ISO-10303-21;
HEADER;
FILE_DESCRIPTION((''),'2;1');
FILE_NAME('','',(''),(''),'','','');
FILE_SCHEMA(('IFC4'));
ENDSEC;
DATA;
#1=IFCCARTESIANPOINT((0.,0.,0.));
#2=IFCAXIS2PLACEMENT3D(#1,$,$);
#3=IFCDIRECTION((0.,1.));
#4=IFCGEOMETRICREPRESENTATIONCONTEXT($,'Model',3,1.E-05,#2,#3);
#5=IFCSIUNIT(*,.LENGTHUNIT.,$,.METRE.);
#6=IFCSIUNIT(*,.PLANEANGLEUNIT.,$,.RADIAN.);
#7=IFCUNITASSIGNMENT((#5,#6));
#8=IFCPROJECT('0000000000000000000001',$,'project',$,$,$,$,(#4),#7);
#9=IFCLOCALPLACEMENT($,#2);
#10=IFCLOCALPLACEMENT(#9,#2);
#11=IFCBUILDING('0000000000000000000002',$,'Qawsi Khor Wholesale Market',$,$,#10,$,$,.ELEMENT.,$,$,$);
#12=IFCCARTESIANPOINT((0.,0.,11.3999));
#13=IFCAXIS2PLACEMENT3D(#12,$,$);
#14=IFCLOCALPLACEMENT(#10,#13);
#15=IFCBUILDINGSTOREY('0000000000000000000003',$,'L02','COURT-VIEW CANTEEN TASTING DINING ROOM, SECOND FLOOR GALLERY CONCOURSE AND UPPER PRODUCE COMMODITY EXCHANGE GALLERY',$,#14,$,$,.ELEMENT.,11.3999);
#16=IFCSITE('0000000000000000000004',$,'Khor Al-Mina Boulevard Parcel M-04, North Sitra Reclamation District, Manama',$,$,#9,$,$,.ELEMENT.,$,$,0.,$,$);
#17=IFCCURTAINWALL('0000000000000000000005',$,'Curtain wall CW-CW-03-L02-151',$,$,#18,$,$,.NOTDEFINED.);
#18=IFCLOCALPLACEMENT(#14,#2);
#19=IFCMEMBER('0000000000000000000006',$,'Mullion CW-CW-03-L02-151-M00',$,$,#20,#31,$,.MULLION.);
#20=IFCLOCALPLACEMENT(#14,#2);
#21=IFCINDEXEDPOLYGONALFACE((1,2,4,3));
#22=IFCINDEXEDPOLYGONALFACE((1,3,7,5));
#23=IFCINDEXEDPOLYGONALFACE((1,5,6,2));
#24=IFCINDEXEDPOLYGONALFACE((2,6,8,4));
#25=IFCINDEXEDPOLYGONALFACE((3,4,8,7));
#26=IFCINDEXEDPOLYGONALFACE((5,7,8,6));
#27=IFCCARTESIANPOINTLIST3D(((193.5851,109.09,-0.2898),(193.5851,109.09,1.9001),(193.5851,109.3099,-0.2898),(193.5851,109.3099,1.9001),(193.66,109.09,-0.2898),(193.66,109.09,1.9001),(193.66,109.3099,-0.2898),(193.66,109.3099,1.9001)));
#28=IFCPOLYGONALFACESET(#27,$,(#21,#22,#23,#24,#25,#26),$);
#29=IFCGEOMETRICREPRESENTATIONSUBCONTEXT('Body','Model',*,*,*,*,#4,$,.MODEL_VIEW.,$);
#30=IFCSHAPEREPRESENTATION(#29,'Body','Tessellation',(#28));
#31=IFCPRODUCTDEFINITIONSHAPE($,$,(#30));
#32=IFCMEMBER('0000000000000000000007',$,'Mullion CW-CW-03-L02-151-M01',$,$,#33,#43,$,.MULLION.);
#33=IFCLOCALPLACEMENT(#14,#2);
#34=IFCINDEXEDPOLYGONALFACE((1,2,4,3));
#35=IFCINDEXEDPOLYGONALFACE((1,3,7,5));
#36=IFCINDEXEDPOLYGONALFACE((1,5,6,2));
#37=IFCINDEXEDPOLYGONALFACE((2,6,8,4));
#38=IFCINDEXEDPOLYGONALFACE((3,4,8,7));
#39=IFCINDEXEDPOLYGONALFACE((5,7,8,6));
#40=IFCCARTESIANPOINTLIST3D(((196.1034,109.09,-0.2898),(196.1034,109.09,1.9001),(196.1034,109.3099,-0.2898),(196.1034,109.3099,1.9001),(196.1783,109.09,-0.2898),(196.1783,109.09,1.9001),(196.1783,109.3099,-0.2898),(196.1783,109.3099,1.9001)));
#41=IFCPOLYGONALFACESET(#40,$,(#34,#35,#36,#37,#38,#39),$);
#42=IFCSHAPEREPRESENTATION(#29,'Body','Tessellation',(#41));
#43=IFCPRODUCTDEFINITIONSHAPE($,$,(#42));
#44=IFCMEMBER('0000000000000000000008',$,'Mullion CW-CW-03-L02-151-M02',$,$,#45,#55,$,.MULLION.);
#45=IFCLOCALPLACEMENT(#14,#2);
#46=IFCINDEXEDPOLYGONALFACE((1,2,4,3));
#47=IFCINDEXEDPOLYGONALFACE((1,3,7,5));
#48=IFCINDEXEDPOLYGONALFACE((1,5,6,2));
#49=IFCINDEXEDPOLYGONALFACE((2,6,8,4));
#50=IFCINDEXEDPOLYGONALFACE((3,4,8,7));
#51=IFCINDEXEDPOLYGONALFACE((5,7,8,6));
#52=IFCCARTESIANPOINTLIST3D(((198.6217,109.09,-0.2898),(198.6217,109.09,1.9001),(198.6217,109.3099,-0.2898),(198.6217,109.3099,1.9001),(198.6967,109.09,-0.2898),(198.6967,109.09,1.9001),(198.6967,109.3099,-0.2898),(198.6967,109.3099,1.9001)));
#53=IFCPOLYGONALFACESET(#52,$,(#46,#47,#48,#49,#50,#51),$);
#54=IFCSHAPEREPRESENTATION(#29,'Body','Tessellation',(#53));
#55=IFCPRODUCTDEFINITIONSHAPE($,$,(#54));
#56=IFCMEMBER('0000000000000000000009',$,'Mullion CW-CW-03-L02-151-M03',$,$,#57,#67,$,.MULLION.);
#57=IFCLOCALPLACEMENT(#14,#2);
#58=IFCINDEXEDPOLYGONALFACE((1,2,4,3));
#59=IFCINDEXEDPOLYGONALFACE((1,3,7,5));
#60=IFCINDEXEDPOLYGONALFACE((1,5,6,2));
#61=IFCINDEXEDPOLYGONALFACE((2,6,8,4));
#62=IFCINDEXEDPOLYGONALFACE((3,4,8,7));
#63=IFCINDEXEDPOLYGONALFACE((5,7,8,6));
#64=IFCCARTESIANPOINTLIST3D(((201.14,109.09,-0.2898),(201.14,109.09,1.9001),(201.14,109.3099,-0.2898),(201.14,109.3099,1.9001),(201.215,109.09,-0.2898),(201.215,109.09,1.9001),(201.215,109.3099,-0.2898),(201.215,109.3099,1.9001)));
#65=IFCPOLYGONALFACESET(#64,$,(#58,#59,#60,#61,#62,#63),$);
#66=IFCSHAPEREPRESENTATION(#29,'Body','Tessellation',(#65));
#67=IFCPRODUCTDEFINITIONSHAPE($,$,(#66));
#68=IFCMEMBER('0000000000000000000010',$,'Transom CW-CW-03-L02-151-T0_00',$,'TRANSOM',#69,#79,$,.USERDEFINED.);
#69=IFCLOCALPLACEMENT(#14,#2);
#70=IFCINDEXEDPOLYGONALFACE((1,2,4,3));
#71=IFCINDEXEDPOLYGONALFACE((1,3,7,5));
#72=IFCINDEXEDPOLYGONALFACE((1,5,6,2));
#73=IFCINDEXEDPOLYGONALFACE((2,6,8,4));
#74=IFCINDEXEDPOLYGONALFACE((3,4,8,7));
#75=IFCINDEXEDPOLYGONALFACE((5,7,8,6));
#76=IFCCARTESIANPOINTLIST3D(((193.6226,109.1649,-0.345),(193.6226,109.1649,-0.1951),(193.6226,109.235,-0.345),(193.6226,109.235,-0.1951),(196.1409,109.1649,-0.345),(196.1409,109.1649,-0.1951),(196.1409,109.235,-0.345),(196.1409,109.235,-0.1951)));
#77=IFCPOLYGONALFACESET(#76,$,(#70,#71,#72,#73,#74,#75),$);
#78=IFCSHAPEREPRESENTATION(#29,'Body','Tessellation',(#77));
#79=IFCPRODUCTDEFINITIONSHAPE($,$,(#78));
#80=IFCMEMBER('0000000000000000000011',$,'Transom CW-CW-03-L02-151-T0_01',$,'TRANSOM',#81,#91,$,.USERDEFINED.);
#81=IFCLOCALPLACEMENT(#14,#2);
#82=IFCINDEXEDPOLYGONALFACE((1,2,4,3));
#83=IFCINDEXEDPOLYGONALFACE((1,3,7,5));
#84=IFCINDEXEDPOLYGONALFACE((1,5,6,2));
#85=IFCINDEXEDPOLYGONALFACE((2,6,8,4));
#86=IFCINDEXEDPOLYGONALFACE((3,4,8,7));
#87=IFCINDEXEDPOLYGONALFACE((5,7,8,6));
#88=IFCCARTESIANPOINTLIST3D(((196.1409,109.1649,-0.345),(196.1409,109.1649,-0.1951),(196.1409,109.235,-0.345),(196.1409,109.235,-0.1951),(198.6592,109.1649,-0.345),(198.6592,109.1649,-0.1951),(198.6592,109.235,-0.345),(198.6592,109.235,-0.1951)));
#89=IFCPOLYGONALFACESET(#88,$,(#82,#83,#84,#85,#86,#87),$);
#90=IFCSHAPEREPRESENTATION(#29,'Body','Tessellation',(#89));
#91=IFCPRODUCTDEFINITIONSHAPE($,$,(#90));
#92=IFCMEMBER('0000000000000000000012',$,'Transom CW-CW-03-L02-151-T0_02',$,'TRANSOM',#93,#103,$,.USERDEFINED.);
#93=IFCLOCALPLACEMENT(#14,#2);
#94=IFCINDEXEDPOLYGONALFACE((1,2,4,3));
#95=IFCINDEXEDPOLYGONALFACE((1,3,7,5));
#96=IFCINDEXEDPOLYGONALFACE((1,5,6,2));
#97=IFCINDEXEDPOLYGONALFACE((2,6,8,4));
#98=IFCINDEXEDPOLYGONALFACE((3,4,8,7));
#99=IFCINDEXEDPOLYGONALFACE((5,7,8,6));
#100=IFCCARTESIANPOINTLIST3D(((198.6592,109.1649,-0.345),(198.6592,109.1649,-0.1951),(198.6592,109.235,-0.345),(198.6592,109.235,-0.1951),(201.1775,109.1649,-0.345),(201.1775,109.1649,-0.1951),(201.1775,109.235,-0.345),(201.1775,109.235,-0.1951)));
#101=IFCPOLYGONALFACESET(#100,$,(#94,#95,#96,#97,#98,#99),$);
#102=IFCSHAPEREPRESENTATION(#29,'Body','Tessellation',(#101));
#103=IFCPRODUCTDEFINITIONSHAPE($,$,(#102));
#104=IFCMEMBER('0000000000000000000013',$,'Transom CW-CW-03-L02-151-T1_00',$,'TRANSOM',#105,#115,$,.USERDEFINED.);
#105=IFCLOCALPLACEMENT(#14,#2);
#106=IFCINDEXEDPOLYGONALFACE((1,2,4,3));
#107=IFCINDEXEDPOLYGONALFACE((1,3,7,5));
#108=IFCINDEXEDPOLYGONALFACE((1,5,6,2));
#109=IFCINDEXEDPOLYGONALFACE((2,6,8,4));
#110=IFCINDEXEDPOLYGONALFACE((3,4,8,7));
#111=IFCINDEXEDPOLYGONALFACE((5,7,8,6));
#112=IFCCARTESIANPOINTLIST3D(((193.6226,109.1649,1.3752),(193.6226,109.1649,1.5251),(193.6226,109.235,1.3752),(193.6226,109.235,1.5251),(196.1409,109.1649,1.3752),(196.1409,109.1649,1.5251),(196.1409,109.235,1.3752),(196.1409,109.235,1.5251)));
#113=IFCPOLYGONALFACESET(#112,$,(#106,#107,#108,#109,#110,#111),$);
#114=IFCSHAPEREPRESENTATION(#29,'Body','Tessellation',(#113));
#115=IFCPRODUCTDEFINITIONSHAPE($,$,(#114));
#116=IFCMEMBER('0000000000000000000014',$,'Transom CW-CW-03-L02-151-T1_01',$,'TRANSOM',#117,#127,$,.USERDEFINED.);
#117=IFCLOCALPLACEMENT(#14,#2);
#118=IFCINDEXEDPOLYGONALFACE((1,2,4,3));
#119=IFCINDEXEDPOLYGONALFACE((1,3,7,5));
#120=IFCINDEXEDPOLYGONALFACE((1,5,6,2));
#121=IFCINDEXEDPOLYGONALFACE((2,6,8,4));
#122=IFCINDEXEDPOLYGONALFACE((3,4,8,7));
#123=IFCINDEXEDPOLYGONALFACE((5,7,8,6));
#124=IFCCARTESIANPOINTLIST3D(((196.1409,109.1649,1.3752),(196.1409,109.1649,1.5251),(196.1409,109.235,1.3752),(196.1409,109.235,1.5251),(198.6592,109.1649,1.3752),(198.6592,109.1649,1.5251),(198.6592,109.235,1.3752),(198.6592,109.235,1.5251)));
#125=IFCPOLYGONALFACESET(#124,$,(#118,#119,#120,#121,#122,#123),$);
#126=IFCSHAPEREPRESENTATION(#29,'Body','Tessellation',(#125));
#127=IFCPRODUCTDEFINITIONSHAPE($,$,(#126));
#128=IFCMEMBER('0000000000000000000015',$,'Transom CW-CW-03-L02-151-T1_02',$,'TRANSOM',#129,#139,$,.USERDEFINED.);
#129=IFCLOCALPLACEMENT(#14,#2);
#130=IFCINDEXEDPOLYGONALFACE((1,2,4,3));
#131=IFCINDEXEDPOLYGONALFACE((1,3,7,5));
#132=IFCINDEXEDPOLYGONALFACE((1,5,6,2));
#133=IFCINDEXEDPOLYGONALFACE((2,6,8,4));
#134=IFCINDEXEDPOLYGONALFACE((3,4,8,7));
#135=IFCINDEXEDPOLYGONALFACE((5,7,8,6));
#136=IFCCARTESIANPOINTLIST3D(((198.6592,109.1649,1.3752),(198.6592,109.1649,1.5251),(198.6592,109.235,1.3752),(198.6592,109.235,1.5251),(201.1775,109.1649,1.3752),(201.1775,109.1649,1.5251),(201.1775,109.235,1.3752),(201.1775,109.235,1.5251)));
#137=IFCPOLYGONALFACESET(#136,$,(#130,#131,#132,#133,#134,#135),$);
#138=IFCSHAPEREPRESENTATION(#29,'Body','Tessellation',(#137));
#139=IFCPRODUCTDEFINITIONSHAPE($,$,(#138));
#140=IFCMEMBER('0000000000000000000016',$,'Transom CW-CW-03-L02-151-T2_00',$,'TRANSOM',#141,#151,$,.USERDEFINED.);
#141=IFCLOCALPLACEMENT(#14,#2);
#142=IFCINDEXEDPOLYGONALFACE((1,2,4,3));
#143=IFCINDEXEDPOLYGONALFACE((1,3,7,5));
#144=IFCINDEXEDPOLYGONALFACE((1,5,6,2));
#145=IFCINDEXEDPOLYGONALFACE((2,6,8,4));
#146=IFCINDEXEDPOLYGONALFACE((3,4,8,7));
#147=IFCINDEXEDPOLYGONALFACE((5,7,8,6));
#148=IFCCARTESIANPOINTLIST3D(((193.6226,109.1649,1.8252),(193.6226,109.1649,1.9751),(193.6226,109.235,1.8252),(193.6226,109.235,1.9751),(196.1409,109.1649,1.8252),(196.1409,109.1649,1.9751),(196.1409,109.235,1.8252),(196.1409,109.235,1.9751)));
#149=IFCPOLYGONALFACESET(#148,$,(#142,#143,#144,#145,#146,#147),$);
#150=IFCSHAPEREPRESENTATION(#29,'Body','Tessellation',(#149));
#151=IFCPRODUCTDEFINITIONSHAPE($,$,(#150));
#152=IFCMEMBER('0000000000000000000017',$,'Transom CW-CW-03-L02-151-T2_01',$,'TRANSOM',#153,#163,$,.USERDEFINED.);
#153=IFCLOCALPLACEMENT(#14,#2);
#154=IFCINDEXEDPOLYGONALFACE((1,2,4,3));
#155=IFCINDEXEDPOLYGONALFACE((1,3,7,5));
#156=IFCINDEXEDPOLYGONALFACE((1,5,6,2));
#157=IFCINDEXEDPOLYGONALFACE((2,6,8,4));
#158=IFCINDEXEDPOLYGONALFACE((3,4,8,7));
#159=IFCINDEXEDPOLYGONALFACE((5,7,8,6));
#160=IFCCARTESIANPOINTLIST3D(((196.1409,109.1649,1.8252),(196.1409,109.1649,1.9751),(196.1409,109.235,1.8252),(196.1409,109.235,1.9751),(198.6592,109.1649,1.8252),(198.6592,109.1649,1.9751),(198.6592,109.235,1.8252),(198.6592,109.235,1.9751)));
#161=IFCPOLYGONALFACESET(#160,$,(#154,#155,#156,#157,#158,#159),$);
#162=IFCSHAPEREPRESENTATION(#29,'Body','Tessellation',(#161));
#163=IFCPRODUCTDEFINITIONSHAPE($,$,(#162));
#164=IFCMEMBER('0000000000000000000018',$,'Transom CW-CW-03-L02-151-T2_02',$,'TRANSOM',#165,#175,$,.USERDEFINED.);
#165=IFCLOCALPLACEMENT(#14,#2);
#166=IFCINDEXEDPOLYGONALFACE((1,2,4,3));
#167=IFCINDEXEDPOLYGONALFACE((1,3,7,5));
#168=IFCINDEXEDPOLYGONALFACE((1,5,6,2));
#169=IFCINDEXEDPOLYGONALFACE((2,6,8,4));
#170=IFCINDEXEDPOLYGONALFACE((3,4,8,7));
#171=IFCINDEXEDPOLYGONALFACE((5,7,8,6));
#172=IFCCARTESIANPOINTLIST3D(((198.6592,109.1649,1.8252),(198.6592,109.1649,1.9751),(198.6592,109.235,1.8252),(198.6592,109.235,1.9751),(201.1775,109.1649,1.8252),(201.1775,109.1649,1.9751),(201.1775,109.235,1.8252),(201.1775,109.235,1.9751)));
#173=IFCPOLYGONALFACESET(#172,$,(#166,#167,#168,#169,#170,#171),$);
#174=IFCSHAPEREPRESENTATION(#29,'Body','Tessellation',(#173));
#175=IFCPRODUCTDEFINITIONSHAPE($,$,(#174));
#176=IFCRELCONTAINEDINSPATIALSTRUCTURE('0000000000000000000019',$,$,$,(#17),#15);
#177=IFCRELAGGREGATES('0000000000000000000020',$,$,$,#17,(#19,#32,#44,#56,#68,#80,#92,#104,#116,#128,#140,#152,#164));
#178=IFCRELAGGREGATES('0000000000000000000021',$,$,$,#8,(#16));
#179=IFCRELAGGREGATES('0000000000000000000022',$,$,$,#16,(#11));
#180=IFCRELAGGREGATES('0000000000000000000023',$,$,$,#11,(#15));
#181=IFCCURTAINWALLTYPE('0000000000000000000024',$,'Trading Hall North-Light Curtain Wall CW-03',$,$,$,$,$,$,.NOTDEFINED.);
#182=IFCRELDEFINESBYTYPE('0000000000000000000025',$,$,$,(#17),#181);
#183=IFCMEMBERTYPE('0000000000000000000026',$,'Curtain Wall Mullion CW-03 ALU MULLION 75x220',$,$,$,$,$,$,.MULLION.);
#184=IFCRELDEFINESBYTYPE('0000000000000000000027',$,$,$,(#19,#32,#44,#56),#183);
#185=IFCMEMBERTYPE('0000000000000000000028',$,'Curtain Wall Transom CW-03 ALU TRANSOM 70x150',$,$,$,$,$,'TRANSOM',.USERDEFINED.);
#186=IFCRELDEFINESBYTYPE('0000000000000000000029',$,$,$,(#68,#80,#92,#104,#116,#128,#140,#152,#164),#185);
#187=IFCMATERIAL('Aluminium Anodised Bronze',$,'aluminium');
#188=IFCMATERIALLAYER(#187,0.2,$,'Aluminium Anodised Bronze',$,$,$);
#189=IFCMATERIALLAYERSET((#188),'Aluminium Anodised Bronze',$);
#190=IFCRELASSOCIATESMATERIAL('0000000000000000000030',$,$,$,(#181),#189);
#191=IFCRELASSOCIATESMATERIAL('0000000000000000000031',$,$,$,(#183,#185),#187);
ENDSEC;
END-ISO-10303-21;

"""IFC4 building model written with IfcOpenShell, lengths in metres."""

from ifc_helpers import new_model, si_unit, direction, frame, origin, origin_2d, place, context, subcontext, project, spatial, rectangle, extrude, material, layer, layer_set, material_profile, profile_set, type_object, element, aggregate, save


model = new_model("IFC4")

# Units and contexts
model_context = context("Model", 3, precision=1e-05, world=origin(), true_north=direction((0.0, 1.0)))
body_context = subcontext(model_context, "Body", "Model", "MODEL_VIEW")
ifc_project = project(units=[si_unit("LENGTHUNIT", "METRE"), si_unit("PLANEANGLEUNIT", "RADIAN")], contexts=[model_context])

# Site, building, storey
site_placement = place(None, origin())
site = spatial("IfcSite", under=ifc_project, at=site_placement, Name="Khor Al-Mina Boulevard Parcel M-04, North Sitra Reclamation District, Manama", CompositionType="ELEMENT", RefElevation=0.0)
building_placement = place(site_placement, origin())
building = spatial("IfcBuilding", under=site, at=building_placement, Name="Qawsi Khor Wholesale Market", CompositionType="ELEMENT")
storey_placement = place(building_placement, frame((0.0, 0.0, 11.3999)))
storey = spatial("IfcBuildingStorey", under=building, at=storey_placement, Name="L02", Description="COURT-VIEW CANTEEN TASTING DINING ROOM, SECOND FLOOR GALLERY CONCOURSE AND UPPER PRODUCE COMMODITY EXCHANGE GALLERY", CompositionType="ELEMENT", Elevation=11.3999)

# Curtain wall, members
ifc_material_1 = material(Name="Aluminium Anodised Bronze", Category="aluminium")
ifc_layer_1 = layer(ifc_material_1, 0.2, Name="Aluminium Anodised Bronze")
ifc_layer_set_1 = layer_set([ifc_layer_1], Name="Aluminium Anodised Bronze")
curtain_wall_type = type_object("IfcCurtainWallType", Name="Trading Hall North-Light Curtain Wall CW-03", PredefinedType="NOTDEFINED", material=ifc_layer_set_1)
curtain_wall_placement = place(storey_placement, origin())
curtain_wall = element("IfcCurtainWall", 1, at=curtain_wall_placement, inside=storey, type_object=curtain_wall_type, Name="Curtain wall CW-CW-03-L02-151", PredefinedType="NOTDEFINED")
ifc_material_profile_1 = material_profile(ifc_material_1, rectangle(XDim=0.075, YDim=0.22, at=origin_2d()), Name="ALU MULLION 75x220")
ifc_profile_set_1 = profile_set([ifc_material_profile_1], Name="Aluminium Anodised Bronze")
member_type_1 = type_object("IfcMemberType", Name="Curtain Wall Mullion CW-03 ALU MULLION 75x220", PredefinedType="MULLION", material=ifc_profile_set_1)
member_1_placement = place(storey_placement, frame((193.6226, 109.2, -0.2898), z_axis=(0.0, 0.0, 1.0), x_axis=(1.0, 0.0, 0.0)))
member_1 = element("IfcMember", 2, at=member_1_placement, type_object=member_type_1, Name="Mullion CW-CW-03-L02-151-M00", PredefinedType="MULLION", context=body_context, shape_type="SweptSolid", body=[
    extrude(rectangle(XDim=0.075, YDim=0.22, at=origin_2d()), origin(), (0.0, 0.0, 1.0), 2.1899),
])
member_2_placement = place(storey_placement, frame((196.1409, 109.2, -0.2898), z_axis=(0.0, 0.0, 1.0), x_axis=(1.0, 0.0, 0.0)))
member_2 = element("IfcMember", 3, at=member_2_placement, type_object=member_type_1, Name="Mullion CW-CW-03-L02-151-M01", PredefinedType="MULLION", context=body_context, shape_type="SweptSolid", body=[
    extrude(rectangle(XDim=0.075, YDim=0.22, at=origin_2d()), origin(), (0.0, 0.0, 1.0), 2.1899),
])
member_3_placement = place(storey_placement, frame((198.6592, 109.2, -0.2898), z_axis=(0.0, 0.0, 1.0), x_axis=(1.0, 0.0, 0.0)))
member_3 = element("IfcMember", 4, at=member_3_placement, type_object=member_type_1, Name="Mullion CW-CW-03-L02-151-M02", PredefinedType="MULLION", context=body_context, shape_type="SweptSolid", body=[
    extrude(rectangle(XDim=0.075, YDim=0.22, at=origin_2d()), origin(), (0.0, 0.0, 1.0), 2.1899),
])
member_4_placement = place(storey_placement, frame((201.1775, 109.2, -0.2898), z_axis=(0.0, 0.0, 1.0), x_axis=(1.0, 0.0, 0.0)))
member_4 = element("IfcMember", 5, at=member_4_placement, type_object=member_type_1, Name="Mullion CW-CW-03-L02-151-M03", PredefinedType="MULLION", context=body_context, shape_type="SweptSolid", body=[
    extrude(rectangle(XDim=0.075, YDim=0.22, at=origin_2d()), origin(), (0.0, 0.0, 1.0), 2.1899),
])
ifc_material_profile_2 = material_profile(ifc_material_1, rectangle(XDim=0.0701, YDim=0.1499, at=origin_2d()), Name="ALU TRANSOM 70x150")
ifc_profile_set_2 = profile_set([ifc_material_profile_2], Name="Aluminium Anodised Bronze")
member_type_2 = type_object("IfcMemberType", Name="Curtain Wall Transom CW-03 ALU TRANSOM 70x150", ElementType="TRANSOM", PredefinedType="USERDEFINED", material=ifc_profile_set_2)
member_5_placement = place(storey_placement, frame((193.6226, 109.2, -0.27), z_axis=(1.0, 0.0, 0.0), x_axis=(0.0, 1.0, 0.0)))
member_5 = element("IfcMember", 6, at=member_5_placement, type_object=member_type_2, Name="Transom CW-CW-03-L02-151-T0_00", ObjectType="TRANSOM", PredefinedType="USERDEFINED", context=body_context, shape_type="SweptSolid", body=[
    extrude(rectangle(XDim=0.0701, YDim=0.1499, at=origin_2d()), origin(), (0.0, 0.0, 1.0), 2.5183),
])
member_6_placement = place(storey_placement, frame((196.1409, 109.2, -0.27), z_axis=(1.0, 0.0, 0.0), x_axis=(0.0, 1.0, 0.0)))
member_6 = element("IfcMember", 7, at=member_6_placement, type_object=member_type_2, Name="Transom CW-CW-03-L02-151-T0_01", ObjectType="TRANSOM", PredefinedType="USERDEFINED", context=body_context, shape_type="SweptSolid", body=[
    extrude(rectangle(XDim=0.0701, YDim=0.1499, at=origin_2d()), origin(), (0.0, 0.0, 1.0), 2.5183),
])
member_7_placement = place(storey_placement, frame((198.6592, 109.2, -0.27), z_axis=(1.0, 0.0, 0.0), x_axis=(0.0, 1.0, 0.0)))
member_7 = element("IfcMember", 8, at=member_7_placement, type_object=member_type_2, Name="Transom CW-CW-03-L02-151-T0_02", ObjectType="TRANSOM", PredefinedType="USERDEFINED", context=body_context, shape_type="SweptSolid", body=[
    extrude(rectangle(XDim=0.0701, YDim=0.1499, at=origin_2d()), origin(), (0.0, 0.0, 1.0), 2.5183),
])
member_8_placement = place(storey_placement, frame((193.6226, 109.2, 1.4502), z_axis=(1.0, 0.0, 0.0), x_axis=(0.0, 1.0, 0.0)))
member_8 = element("IfcMember", 9, at=member_8_placement, type_object=member_type_2, Name="Transom CW-CW-03-L02-151-T1_00", ObjectType="TRANSOM", PredefinedType="USERDEFINED", context=body_context, shape_type="SweptSolid", body=[
    extrude(rectangle(XDim=0.0701, YDim=0.1499, at=origin_2d()), origin(), (0.0, 0.0, 1.0), 2.5183),
])
member_9_placement = place(storey_placement, frame((196.1409, 109.2, 1.4502), z_axis=(1.0, 0.0, 0.0), x_axis=(0.0, 1.0, 0.0)))
member_9 = element("IfcMember", 10, at=member_9_placement, type_object=member_type_2, Name="Transom CW-CW-03-L02-151-T1_01", ObjectType="TRANSOM", PredefinedType="USERDEFINED", context=body_context, shape_type="SweptSolid", body=[
    extrude(rectangle(XDim=0.0701, YDim=0.1499, at=origin_2d()), origin(), (0.0, 0.0, 1.0), 2.5183),
])
member_10_placement = place(storey_placement, frame((198.6592, 109.2, 1.4502), z_axis=(1.0, 0.0, 0.0), x_axis=(0.0, 1.0, 0.0)))
member_10 = element("IfcMember", 11, at=member_10_placement, type_object=member_type_2, Name="Transom CW-CW-03-L02-151-T1_02", ObjectType="TRANSOM", PredefinedType="USERDEFINED", context=body_context, shape_type="SweptSolid", body=[
    extrude(rectangle(XDim=0.0701, YDim=0.1499, at=origin_2d()), origin(), (0.0, 0.0, 1.0), 2.5183),
])
member_11_placement = place(storey_placement, frame((193.6226, 109.2, 1.9001), z_axis=(1.0, 0.0, 0.0), x_axis=(0.0, 1.0, 0.0)))
member_11 = element("IfcMember", 12, at=member_11_placement, type_object=member_type_2, Name="Transom CW-CW-03-L02-151-T2_00", ObjectType="TRANSOM", PredefinedType="USERDEFINED", context=body_context, shape_type="SweptSolid", body=[
    extrude(rectangle(XDim=0.0701, YDim=0.1499, at=origin_2d()), origin(), (0.0, 0.0, 1.0), 2.5183),
])
member_12_placement = place(storey_placement, frame((196.1409, 109.2, 1.9001), z_axis=(1.0, 0.0, 0.0), x_axis=(0.0, 1.0, 0.0)))
member_12 = element("IfcMember", 13, at=member_12_placement, type_object=member_type_2, Name="Transom CW-CW-03-L02-151-T2_01", ObjectType="TRANSOM", PredefinedType="USERDEFINED", context=body_context, shape_type="SweptSolid", body=[
    extrude(rectangle(XDim=0.0701, YDim=0.1499, at=origin_2d()), origin(), (0.0, 0.0, 1.0), 2.5183),
])
member_13_placement = place(storey_placement, frame((198.6592, 109.2, 1.9001), z_axis=(1.0, 0.0, 0.0), x_axis=(0.0, 1.0, 0.0)))
member_13 = element("IfcMember", 14, at=member_13_placement, type_object=member_type_2, Name="Transom CW-CW-03-L02-151-T2_02", ObjectType="TRANSOM", PredefinedType="USERDEFINED", context=body_context, shape_type="SweptSolid", body=[
    extrude(rectangle(XDim=0.0701, YDim=0.1499, at=origin_2d()), origin(), (0.0, 0.0, 1.0), 2.5183),
])

aggregate(curtain_wall, [member_1, member_2, member_3, member_4, member_5, member_6, member_7, member_8, member_9, member_10, member_11, member_12, member_13])

save(model, "model.ifc")
